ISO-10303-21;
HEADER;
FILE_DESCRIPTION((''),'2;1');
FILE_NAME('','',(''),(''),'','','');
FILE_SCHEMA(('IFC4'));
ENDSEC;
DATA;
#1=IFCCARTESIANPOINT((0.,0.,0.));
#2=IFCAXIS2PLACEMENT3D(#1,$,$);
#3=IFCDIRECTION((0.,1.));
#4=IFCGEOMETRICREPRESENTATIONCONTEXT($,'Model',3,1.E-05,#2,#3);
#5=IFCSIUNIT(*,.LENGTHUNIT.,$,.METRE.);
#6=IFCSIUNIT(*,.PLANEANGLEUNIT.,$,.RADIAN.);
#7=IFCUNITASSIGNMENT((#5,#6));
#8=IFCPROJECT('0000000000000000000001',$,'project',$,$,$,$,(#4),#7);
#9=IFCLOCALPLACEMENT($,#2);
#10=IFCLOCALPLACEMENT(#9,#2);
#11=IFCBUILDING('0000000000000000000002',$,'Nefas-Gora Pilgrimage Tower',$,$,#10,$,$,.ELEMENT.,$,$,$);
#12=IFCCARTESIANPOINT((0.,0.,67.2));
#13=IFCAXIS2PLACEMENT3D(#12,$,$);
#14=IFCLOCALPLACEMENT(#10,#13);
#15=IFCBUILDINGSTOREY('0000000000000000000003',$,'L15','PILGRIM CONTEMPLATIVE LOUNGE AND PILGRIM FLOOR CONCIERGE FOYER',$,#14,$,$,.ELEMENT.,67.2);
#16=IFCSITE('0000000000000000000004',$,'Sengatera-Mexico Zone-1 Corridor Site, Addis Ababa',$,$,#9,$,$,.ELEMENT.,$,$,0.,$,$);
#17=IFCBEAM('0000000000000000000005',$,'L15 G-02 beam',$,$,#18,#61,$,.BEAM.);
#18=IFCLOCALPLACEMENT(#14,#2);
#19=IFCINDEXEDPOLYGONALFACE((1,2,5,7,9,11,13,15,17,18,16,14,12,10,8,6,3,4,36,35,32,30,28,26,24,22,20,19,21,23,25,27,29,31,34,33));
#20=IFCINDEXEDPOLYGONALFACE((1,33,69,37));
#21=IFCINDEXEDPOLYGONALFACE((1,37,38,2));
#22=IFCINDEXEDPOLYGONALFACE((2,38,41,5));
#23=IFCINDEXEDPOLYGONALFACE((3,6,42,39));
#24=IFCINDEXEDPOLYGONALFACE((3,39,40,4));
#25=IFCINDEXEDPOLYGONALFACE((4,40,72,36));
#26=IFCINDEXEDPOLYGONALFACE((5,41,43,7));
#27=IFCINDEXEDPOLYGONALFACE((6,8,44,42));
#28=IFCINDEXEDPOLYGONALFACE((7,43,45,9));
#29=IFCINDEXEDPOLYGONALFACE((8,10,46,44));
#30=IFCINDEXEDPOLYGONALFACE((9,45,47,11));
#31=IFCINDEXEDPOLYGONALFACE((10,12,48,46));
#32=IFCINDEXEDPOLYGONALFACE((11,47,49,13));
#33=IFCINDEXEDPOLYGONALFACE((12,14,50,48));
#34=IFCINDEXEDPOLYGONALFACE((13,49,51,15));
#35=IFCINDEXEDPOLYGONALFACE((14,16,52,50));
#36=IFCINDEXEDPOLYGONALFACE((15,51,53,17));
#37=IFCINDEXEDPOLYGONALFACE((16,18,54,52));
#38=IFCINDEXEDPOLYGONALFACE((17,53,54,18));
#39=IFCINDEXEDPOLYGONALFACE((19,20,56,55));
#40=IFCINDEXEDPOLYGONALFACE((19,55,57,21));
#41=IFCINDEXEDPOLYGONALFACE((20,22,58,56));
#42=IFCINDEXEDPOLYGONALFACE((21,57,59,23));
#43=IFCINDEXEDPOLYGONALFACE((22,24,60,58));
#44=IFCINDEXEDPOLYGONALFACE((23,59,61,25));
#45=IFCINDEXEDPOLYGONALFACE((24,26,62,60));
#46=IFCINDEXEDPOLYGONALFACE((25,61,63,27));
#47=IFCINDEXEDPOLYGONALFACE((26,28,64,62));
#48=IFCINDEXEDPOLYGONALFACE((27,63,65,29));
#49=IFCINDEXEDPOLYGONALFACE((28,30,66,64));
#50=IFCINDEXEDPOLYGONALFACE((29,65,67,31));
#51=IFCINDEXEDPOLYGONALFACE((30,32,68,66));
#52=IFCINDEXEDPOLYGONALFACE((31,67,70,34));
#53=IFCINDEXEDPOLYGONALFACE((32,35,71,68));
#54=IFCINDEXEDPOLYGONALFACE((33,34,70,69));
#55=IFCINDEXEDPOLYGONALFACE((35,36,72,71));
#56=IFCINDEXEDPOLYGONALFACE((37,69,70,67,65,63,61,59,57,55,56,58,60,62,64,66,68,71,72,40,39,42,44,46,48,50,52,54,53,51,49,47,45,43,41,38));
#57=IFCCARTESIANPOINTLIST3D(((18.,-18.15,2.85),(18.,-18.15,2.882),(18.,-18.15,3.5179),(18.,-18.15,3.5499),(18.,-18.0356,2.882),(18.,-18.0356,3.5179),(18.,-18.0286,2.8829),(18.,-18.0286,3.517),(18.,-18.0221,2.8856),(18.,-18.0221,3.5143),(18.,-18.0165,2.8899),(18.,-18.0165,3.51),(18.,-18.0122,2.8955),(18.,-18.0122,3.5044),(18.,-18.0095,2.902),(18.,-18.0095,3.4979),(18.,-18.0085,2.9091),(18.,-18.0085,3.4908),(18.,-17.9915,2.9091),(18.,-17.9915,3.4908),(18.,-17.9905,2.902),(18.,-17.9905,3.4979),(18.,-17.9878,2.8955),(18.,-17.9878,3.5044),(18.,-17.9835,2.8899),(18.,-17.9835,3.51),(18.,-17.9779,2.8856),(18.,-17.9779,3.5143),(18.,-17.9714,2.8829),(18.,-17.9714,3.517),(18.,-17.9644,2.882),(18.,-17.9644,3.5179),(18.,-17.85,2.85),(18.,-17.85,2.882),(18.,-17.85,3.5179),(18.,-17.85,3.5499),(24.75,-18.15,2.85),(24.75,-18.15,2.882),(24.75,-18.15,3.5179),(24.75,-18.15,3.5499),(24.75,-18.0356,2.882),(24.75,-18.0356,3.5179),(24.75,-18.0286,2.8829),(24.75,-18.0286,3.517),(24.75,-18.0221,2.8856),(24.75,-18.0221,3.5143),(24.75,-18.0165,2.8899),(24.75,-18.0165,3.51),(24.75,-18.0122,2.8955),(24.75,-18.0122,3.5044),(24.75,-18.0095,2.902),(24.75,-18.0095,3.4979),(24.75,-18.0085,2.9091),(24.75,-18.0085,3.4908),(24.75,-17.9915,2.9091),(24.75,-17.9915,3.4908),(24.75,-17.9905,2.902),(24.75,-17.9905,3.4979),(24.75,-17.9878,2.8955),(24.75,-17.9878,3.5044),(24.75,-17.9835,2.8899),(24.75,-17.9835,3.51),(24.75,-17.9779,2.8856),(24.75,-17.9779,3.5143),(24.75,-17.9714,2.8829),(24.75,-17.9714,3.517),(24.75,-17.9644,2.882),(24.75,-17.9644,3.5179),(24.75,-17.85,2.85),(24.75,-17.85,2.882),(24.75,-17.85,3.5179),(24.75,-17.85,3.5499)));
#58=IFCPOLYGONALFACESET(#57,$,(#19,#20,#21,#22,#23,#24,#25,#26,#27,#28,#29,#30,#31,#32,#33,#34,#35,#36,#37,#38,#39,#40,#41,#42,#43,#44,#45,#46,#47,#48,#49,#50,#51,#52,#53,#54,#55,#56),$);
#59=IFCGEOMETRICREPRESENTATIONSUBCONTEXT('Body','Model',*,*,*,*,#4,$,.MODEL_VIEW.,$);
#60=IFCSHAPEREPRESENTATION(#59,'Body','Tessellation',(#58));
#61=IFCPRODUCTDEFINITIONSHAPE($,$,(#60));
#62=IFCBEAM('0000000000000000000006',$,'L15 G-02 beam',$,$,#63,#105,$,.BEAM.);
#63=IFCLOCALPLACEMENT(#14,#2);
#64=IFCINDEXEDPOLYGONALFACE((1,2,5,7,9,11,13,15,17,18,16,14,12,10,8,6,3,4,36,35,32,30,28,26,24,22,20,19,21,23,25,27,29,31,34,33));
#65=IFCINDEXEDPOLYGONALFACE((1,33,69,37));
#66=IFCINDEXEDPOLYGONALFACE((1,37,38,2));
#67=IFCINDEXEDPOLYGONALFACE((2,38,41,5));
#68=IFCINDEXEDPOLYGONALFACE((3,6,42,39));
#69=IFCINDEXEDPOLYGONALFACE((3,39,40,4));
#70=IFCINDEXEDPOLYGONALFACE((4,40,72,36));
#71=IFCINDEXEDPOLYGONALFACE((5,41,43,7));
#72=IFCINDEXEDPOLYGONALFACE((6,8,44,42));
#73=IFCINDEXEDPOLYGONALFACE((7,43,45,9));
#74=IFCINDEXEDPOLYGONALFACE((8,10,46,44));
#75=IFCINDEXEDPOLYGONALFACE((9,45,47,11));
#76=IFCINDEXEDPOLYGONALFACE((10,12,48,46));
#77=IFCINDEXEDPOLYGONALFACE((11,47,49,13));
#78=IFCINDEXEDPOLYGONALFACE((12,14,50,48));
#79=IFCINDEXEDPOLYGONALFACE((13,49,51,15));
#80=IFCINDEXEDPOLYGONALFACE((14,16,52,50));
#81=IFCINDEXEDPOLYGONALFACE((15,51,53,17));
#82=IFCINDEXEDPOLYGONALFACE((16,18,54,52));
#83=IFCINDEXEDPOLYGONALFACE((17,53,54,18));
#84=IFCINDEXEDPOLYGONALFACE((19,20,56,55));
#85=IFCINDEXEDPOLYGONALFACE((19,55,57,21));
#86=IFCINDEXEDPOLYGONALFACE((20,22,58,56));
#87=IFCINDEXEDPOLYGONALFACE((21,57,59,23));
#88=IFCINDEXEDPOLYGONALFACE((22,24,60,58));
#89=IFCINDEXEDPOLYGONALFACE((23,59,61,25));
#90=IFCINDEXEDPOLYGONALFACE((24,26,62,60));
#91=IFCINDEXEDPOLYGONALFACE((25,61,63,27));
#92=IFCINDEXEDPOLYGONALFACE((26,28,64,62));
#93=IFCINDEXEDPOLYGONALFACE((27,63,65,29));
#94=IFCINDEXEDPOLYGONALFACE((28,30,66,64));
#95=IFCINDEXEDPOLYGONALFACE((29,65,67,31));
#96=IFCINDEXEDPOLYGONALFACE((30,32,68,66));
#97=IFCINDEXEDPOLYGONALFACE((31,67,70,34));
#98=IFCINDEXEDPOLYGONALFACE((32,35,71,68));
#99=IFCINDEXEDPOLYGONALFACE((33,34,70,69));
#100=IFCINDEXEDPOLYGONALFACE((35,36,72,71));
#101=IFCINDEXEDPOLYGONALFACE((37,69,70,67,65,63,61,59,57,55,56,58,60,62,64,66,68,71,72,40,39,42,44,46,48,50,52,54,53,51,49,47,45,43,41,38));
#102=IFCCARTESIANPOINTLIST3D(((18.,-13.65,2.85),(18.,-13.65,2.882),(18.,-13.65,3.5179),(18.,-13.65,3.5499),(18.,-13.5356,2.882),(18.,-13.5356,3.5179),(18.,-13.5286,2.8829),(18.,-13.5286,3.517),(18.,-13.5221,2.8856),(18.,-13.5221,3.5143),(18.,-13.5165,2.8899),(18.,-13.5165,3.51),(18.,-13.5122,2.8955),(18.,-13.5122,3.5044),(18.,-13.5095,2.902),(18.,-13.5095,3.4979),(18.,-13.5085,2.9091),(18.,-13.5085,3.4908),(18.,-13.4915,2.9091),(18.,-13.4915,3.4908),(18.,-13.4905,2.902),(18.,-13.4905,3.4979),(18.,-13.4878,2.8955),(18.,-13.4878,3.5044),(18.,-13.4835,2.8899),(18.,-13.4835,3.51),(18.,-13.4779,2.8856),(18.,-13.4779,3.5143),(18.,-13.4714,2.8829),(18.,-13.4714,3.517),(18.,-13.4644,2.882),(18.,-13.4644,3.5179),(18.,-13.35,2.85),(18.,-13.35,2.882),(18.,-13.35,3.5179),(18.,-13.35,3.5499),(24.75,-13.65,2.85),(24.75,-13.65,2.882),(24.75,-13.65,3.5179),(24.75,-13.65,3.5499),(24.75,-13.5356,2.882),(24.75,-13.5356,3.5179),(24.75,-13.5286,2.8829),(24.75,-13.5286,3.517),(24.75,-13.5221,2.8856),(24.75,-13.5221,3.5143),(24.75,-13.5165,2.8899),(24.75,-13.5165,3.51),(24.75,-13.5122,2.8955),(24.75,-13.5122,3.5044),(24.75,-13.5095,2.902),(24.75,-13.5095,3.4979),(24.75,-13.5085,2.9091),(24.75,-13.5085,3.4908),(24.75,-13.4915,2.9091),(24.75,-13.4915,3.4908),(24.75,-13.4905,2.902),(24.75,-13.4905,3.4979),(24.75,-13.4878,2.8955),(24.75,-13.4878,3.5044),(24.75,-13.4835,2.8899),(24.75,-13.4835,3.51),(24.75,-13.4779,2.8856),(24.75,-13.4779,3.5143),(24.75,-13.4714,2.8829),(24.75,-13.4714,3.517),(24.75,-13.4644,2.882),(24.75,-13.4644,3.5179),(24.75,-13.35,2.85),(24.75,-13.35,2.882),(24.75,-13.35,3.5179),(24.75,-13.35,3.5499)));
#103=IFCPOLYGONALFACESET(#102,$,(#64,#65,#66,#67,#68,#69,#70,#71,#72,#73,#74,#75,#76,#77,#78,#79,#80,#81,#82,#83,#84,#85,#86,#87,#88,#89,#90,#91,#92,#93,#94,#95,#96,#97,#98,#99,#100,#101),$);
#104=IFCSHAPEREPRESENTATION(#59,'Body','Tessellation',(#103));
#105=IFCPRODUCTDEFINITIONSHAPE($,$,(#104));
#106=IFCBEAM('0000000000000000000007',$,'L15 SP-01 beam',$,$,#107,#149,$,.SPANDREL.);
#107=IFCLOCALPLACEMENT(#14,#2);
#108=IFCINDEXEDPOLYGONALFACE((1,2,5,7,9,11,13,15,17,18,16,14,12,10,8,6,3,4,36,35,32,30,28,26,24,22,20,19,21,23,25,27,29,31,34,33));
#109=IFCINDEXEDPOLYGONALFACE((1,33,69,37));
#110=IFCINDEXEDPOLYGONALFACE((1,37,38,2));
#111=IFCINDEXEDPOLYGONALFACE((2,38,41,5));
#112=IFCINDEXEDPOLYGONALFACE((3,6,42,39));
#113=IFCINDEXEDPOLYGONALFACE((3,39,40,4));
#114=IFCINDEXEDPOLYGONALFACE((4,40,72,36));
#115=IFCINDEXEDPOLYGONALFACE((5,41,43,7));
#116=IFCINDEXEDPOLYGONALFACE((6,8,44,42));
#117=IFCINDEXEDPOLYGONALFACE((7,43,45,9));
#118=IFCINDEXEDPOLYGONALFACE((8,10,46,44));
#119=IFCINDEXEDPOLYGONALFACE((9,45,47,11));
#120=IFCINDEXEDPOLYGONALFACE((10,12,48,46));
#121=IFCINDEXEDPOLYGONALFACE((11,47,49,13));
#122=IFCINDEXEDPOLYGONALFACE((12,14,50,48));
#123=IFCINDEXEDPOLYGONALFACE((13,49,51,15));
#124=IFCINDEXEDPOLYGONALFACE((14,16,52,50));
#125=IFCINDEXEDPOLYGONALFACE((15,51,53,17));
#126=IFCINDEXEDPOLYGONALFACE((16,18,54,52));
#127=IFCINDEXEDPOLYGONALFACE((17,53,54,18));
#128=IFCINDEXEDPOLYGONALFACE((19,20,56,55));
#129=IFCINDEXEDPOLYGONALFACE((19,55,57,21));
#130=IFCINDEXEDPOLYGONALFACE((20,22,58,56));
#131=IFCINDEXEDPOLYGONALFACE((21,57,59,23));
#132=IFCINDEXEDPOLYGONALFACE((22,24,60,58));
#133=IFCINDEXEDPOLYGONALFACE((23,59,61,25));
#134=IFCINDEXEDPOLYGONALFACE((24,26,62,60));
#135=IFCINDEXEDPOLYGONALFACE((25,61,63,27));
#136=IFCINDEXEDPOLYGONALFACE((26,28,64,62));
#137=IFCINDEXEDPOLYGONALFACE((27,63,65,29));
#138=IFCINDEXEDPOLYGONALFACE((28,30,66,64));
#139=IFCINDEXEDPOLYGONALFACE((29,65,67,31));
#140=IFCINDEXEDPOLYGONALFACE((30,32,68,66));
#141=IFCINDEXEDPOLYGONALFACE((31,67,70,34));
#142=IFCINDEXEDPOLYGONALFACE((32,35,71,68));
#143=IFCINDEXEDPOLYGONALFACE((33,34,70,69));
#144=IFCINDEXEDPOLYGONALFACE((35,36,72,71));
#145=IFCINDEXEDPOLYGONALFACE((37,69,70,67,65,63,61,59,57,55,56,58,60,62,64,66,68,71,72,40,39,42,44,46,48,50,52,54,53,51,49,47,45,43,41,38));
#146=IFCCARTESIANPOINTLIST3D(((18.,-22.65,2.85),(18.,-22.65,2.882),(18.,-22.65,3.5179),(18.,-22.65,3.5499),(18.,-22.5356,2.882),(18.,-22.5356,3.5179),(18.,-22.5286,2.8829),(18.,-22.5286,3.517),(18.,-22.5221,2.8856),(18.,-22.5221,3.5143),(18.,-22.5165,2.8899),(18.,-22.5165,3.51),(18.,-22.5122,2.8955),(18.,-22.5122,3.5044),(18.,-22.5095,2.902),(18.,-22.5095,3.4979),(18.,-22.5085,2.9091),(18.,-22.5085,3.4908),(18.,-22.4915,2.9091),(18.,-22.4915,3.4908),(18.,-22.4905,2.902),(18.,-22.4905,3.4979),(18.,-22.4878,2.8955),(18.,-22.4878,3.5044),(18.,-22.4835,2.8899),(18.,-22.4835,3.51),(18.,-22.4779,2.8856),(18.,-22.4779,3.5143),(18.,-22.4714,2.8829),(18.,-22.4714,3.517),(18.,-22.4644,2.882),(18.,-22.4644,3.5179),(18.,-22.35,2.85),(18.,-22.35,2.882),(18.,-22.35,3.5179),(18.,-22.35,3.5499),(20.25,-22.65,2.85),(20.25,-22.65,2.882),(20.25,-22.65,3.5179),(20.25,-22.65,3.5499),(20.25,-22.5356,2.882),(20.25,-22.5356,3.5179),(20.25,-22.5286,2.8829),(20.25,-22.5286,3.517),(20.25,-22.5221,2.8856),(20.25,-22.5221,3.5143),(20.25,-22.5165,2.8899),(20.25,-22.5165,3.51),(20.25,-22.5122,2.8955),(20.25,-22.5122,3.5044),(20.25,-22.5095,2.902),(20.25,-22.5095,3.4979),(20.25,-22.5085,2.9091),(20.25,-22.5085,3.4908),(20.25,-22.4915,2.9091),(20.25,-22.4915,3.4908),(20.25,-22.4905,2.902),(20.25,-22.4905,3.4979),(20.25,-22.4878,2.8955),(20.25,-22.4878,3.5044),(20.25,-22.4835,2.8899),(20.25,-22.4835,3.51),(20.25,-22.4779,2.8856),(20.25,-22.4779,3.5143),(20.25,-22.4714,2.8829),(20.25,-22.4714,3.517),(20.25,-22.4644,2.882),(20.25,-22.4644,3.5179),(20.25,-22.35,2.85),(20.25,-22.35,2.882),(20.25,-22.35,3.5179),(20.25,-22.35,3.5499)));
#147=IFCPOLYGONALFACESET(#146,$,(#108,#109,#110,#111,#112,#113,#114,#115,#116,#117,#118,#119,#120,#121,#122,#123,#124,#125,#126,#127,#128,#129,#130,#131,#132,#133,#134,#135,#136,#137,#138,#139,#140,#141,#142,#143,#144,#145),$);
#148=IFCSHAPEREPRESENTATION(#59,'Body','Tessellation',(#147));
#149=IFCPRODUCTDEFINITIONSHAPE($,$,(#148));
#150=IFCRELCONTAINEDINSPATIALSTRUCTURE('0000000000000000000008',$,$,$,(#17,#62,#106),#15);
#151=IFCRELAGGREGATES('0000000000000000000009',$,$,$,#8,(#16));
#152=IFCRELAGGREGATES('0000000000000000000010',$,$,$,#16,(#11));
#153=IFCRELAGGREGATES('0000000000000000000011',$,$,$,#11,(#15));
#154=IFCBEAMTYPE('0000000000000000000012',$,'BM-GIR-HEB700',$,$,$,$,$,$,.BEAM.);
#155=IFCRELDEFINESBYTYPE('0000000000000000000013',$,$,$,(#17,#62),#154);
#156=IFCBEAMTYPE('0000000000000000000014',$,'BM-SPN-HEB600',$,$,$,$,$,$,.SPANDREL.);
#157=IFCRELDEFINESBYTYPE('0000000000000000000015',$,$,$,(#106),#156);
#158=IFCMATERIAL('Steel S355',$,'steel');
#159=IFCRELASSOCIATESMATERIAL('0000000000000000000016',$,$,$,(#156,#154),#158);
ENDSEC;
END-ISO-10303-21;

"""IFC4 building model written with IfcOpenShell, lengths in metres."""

from ifc_helpers import new_model, si_unit, direction, frame, origin, origin_2d, place, context, subcontext, project, spatial, i_section, extrude, source, transform, mapped, material, material_profile, profile_set, type_object, element, save


model = new_model("IFC4")

# Units and contexts
model_context = context("Model", 3, precision=1e-05, world=origin(), true_north=direction((0.0, 1.0)))
body_context = subcontext(model_context, "Body", "Model", "MODEL_VIEW")
ifc_project = project(units=[si_unit("LENGTHUNIT", "METRE"), si_unit("PLANEANGLEUNIT", "RADIAN")], contexts=[model_context])

# Site, building, storey
site_placement = place(None, origin())
site = spatial("IfcSite", under=ifc_project, at=site_placement, Name="Sengatera-Mexico Zone-1 Corridor Site, Addis Ababa", CompositionType="ELEMENT", RefElevation=0.0)
building_placement = place(site_placement, origin())
building = spatial("IfcBuilding", under=site, at=building_placement, Name="Nefas-Gora Pilgrimage Tower", CompositionType="ELEMENT")
storey_placement = place(building_placement, frame((0.0, 0.0, 67.2)))
storey = spatial("IfcBuildingStorey", under=building, at=storey_placement, Name="L15", Description="PILGRIM CONTEMPLATIVE LOUNGE AND PILGRIM FLOOR CONCIERGE FOYER", CompositionType="ELEMENT", Elevation=67.2)

# Beams
ifc_material_1 = material(Name="Steel S355", Category="steel")
ifc_material_profile_1 = material_profile(ifc_material_1, i_section(OverallWidth=0.3, OverallDepth=0.7, WebThickness=0.0171, FlangeThickness=0.032, FilletRadius=0.0271, at=origin_2d()), Name="HEB 700")
ifc_profile_set_1 = profile_set([ifc_material_profile_1], Name="Steel S355")
beam_type_1 = type_object("IfcBeamType", Name="BM-SPN-HEB600", PredefinedType="SPANDREL", material=ifc_profile_set_1)
ifc_material_profile_2 = material_profile(ifc_material_1, i_section(OverallWidth=0.3, OverallDepth=0.7, WebThickness=0.0171, FlangeThickness=0.032, FilletRadius=0.0271, at=origin_2d()), Name="HEB 700")
ifc_profile_set_2 = profile_set([ifc_material_profile_2], Name="Steel S355")
beam_type_2 = type_object("IfcBeamType", Name="BM-GIR-HEB700", PredefinedType="BEAM", material=ifc_profile_set_2)
shared_shape_1 = source(origin(), body_context, "Body", "SweptSolid", [
    extrude(i_section(OverallWidth=0.3, OverallDepth=0.7, WebThickness=0.0171, FlangeThickness=0.032, FilletRadius=0.0271, at=origin_2d()), origin(), (0.0, 0.0, 1.0), 6.75),
])
for number, where, z_axis, x_axis, name in (
    (1, (18.0, -18.0, 3.2), (1.0, 0.0, 0.0), (0.0, 1.0, 0.0), "L15 G-02 beam"),
    (2, (18.0, -13.5, 3.2), (1.0, 0.0, 0.0), (0.0, 1.0, 0.0), "L15 G-02 beam"),
):
    element("IfcBeam", number, at=place(storey_placement, frame(where, z_axis=z_axis, x_axis=x_axis)), inside=storey, type_object=beam_type_2, Name=name, PredefinedType="BEAM", context=body_context, shape_type="MappedRepresentation", body=[
        mapped(shared_shape_1, transform((0.0, 0.0, 0.0), x_axis=(1.0, 0.0, 0.0), y_axis=(0.0, 1.0, 0.0), z_axis=(0.0, 0.0, 1.0), scale=1.0)),
    ])
shared_shape_2 = source(origin(), body_context, "Body", "SweptSolid", [
    extrude(i_section(OverallWidth=0.3, OverallDepth=0.7, WebThickness=0.0171, FlangeThickness=0.032, FilletRadius=0.0271, at=origin_2d()), origin(), (0.0, 0.0, 1.0), 2.25),
])
beam_1_placement = place(storey_placement, frame((18.0, -22.5, 3.2), z_axis=(1.0, 0.0, 0.0), x_axis=(0.0, 1.0, 0.0)))
element("IfcBeam", 3, at=beam_1_placement, inside=storey, type_object=beam_type_1, Name="L15 SP-01 beam", PredefinedType="SPANDREL", context=body_context, shape_type="MappedRepresentation", body=[
    mapped(shared_shape_2, transform((0.0, 0.0, 0.0), x_axis=(1.0, 0.0, 0.0), y_axis=(0.0, 1.0, 0.0), z_axis=(0.0, 0.0, 1.0), scale=1.0)),
])

save(model, "model.ifc")
